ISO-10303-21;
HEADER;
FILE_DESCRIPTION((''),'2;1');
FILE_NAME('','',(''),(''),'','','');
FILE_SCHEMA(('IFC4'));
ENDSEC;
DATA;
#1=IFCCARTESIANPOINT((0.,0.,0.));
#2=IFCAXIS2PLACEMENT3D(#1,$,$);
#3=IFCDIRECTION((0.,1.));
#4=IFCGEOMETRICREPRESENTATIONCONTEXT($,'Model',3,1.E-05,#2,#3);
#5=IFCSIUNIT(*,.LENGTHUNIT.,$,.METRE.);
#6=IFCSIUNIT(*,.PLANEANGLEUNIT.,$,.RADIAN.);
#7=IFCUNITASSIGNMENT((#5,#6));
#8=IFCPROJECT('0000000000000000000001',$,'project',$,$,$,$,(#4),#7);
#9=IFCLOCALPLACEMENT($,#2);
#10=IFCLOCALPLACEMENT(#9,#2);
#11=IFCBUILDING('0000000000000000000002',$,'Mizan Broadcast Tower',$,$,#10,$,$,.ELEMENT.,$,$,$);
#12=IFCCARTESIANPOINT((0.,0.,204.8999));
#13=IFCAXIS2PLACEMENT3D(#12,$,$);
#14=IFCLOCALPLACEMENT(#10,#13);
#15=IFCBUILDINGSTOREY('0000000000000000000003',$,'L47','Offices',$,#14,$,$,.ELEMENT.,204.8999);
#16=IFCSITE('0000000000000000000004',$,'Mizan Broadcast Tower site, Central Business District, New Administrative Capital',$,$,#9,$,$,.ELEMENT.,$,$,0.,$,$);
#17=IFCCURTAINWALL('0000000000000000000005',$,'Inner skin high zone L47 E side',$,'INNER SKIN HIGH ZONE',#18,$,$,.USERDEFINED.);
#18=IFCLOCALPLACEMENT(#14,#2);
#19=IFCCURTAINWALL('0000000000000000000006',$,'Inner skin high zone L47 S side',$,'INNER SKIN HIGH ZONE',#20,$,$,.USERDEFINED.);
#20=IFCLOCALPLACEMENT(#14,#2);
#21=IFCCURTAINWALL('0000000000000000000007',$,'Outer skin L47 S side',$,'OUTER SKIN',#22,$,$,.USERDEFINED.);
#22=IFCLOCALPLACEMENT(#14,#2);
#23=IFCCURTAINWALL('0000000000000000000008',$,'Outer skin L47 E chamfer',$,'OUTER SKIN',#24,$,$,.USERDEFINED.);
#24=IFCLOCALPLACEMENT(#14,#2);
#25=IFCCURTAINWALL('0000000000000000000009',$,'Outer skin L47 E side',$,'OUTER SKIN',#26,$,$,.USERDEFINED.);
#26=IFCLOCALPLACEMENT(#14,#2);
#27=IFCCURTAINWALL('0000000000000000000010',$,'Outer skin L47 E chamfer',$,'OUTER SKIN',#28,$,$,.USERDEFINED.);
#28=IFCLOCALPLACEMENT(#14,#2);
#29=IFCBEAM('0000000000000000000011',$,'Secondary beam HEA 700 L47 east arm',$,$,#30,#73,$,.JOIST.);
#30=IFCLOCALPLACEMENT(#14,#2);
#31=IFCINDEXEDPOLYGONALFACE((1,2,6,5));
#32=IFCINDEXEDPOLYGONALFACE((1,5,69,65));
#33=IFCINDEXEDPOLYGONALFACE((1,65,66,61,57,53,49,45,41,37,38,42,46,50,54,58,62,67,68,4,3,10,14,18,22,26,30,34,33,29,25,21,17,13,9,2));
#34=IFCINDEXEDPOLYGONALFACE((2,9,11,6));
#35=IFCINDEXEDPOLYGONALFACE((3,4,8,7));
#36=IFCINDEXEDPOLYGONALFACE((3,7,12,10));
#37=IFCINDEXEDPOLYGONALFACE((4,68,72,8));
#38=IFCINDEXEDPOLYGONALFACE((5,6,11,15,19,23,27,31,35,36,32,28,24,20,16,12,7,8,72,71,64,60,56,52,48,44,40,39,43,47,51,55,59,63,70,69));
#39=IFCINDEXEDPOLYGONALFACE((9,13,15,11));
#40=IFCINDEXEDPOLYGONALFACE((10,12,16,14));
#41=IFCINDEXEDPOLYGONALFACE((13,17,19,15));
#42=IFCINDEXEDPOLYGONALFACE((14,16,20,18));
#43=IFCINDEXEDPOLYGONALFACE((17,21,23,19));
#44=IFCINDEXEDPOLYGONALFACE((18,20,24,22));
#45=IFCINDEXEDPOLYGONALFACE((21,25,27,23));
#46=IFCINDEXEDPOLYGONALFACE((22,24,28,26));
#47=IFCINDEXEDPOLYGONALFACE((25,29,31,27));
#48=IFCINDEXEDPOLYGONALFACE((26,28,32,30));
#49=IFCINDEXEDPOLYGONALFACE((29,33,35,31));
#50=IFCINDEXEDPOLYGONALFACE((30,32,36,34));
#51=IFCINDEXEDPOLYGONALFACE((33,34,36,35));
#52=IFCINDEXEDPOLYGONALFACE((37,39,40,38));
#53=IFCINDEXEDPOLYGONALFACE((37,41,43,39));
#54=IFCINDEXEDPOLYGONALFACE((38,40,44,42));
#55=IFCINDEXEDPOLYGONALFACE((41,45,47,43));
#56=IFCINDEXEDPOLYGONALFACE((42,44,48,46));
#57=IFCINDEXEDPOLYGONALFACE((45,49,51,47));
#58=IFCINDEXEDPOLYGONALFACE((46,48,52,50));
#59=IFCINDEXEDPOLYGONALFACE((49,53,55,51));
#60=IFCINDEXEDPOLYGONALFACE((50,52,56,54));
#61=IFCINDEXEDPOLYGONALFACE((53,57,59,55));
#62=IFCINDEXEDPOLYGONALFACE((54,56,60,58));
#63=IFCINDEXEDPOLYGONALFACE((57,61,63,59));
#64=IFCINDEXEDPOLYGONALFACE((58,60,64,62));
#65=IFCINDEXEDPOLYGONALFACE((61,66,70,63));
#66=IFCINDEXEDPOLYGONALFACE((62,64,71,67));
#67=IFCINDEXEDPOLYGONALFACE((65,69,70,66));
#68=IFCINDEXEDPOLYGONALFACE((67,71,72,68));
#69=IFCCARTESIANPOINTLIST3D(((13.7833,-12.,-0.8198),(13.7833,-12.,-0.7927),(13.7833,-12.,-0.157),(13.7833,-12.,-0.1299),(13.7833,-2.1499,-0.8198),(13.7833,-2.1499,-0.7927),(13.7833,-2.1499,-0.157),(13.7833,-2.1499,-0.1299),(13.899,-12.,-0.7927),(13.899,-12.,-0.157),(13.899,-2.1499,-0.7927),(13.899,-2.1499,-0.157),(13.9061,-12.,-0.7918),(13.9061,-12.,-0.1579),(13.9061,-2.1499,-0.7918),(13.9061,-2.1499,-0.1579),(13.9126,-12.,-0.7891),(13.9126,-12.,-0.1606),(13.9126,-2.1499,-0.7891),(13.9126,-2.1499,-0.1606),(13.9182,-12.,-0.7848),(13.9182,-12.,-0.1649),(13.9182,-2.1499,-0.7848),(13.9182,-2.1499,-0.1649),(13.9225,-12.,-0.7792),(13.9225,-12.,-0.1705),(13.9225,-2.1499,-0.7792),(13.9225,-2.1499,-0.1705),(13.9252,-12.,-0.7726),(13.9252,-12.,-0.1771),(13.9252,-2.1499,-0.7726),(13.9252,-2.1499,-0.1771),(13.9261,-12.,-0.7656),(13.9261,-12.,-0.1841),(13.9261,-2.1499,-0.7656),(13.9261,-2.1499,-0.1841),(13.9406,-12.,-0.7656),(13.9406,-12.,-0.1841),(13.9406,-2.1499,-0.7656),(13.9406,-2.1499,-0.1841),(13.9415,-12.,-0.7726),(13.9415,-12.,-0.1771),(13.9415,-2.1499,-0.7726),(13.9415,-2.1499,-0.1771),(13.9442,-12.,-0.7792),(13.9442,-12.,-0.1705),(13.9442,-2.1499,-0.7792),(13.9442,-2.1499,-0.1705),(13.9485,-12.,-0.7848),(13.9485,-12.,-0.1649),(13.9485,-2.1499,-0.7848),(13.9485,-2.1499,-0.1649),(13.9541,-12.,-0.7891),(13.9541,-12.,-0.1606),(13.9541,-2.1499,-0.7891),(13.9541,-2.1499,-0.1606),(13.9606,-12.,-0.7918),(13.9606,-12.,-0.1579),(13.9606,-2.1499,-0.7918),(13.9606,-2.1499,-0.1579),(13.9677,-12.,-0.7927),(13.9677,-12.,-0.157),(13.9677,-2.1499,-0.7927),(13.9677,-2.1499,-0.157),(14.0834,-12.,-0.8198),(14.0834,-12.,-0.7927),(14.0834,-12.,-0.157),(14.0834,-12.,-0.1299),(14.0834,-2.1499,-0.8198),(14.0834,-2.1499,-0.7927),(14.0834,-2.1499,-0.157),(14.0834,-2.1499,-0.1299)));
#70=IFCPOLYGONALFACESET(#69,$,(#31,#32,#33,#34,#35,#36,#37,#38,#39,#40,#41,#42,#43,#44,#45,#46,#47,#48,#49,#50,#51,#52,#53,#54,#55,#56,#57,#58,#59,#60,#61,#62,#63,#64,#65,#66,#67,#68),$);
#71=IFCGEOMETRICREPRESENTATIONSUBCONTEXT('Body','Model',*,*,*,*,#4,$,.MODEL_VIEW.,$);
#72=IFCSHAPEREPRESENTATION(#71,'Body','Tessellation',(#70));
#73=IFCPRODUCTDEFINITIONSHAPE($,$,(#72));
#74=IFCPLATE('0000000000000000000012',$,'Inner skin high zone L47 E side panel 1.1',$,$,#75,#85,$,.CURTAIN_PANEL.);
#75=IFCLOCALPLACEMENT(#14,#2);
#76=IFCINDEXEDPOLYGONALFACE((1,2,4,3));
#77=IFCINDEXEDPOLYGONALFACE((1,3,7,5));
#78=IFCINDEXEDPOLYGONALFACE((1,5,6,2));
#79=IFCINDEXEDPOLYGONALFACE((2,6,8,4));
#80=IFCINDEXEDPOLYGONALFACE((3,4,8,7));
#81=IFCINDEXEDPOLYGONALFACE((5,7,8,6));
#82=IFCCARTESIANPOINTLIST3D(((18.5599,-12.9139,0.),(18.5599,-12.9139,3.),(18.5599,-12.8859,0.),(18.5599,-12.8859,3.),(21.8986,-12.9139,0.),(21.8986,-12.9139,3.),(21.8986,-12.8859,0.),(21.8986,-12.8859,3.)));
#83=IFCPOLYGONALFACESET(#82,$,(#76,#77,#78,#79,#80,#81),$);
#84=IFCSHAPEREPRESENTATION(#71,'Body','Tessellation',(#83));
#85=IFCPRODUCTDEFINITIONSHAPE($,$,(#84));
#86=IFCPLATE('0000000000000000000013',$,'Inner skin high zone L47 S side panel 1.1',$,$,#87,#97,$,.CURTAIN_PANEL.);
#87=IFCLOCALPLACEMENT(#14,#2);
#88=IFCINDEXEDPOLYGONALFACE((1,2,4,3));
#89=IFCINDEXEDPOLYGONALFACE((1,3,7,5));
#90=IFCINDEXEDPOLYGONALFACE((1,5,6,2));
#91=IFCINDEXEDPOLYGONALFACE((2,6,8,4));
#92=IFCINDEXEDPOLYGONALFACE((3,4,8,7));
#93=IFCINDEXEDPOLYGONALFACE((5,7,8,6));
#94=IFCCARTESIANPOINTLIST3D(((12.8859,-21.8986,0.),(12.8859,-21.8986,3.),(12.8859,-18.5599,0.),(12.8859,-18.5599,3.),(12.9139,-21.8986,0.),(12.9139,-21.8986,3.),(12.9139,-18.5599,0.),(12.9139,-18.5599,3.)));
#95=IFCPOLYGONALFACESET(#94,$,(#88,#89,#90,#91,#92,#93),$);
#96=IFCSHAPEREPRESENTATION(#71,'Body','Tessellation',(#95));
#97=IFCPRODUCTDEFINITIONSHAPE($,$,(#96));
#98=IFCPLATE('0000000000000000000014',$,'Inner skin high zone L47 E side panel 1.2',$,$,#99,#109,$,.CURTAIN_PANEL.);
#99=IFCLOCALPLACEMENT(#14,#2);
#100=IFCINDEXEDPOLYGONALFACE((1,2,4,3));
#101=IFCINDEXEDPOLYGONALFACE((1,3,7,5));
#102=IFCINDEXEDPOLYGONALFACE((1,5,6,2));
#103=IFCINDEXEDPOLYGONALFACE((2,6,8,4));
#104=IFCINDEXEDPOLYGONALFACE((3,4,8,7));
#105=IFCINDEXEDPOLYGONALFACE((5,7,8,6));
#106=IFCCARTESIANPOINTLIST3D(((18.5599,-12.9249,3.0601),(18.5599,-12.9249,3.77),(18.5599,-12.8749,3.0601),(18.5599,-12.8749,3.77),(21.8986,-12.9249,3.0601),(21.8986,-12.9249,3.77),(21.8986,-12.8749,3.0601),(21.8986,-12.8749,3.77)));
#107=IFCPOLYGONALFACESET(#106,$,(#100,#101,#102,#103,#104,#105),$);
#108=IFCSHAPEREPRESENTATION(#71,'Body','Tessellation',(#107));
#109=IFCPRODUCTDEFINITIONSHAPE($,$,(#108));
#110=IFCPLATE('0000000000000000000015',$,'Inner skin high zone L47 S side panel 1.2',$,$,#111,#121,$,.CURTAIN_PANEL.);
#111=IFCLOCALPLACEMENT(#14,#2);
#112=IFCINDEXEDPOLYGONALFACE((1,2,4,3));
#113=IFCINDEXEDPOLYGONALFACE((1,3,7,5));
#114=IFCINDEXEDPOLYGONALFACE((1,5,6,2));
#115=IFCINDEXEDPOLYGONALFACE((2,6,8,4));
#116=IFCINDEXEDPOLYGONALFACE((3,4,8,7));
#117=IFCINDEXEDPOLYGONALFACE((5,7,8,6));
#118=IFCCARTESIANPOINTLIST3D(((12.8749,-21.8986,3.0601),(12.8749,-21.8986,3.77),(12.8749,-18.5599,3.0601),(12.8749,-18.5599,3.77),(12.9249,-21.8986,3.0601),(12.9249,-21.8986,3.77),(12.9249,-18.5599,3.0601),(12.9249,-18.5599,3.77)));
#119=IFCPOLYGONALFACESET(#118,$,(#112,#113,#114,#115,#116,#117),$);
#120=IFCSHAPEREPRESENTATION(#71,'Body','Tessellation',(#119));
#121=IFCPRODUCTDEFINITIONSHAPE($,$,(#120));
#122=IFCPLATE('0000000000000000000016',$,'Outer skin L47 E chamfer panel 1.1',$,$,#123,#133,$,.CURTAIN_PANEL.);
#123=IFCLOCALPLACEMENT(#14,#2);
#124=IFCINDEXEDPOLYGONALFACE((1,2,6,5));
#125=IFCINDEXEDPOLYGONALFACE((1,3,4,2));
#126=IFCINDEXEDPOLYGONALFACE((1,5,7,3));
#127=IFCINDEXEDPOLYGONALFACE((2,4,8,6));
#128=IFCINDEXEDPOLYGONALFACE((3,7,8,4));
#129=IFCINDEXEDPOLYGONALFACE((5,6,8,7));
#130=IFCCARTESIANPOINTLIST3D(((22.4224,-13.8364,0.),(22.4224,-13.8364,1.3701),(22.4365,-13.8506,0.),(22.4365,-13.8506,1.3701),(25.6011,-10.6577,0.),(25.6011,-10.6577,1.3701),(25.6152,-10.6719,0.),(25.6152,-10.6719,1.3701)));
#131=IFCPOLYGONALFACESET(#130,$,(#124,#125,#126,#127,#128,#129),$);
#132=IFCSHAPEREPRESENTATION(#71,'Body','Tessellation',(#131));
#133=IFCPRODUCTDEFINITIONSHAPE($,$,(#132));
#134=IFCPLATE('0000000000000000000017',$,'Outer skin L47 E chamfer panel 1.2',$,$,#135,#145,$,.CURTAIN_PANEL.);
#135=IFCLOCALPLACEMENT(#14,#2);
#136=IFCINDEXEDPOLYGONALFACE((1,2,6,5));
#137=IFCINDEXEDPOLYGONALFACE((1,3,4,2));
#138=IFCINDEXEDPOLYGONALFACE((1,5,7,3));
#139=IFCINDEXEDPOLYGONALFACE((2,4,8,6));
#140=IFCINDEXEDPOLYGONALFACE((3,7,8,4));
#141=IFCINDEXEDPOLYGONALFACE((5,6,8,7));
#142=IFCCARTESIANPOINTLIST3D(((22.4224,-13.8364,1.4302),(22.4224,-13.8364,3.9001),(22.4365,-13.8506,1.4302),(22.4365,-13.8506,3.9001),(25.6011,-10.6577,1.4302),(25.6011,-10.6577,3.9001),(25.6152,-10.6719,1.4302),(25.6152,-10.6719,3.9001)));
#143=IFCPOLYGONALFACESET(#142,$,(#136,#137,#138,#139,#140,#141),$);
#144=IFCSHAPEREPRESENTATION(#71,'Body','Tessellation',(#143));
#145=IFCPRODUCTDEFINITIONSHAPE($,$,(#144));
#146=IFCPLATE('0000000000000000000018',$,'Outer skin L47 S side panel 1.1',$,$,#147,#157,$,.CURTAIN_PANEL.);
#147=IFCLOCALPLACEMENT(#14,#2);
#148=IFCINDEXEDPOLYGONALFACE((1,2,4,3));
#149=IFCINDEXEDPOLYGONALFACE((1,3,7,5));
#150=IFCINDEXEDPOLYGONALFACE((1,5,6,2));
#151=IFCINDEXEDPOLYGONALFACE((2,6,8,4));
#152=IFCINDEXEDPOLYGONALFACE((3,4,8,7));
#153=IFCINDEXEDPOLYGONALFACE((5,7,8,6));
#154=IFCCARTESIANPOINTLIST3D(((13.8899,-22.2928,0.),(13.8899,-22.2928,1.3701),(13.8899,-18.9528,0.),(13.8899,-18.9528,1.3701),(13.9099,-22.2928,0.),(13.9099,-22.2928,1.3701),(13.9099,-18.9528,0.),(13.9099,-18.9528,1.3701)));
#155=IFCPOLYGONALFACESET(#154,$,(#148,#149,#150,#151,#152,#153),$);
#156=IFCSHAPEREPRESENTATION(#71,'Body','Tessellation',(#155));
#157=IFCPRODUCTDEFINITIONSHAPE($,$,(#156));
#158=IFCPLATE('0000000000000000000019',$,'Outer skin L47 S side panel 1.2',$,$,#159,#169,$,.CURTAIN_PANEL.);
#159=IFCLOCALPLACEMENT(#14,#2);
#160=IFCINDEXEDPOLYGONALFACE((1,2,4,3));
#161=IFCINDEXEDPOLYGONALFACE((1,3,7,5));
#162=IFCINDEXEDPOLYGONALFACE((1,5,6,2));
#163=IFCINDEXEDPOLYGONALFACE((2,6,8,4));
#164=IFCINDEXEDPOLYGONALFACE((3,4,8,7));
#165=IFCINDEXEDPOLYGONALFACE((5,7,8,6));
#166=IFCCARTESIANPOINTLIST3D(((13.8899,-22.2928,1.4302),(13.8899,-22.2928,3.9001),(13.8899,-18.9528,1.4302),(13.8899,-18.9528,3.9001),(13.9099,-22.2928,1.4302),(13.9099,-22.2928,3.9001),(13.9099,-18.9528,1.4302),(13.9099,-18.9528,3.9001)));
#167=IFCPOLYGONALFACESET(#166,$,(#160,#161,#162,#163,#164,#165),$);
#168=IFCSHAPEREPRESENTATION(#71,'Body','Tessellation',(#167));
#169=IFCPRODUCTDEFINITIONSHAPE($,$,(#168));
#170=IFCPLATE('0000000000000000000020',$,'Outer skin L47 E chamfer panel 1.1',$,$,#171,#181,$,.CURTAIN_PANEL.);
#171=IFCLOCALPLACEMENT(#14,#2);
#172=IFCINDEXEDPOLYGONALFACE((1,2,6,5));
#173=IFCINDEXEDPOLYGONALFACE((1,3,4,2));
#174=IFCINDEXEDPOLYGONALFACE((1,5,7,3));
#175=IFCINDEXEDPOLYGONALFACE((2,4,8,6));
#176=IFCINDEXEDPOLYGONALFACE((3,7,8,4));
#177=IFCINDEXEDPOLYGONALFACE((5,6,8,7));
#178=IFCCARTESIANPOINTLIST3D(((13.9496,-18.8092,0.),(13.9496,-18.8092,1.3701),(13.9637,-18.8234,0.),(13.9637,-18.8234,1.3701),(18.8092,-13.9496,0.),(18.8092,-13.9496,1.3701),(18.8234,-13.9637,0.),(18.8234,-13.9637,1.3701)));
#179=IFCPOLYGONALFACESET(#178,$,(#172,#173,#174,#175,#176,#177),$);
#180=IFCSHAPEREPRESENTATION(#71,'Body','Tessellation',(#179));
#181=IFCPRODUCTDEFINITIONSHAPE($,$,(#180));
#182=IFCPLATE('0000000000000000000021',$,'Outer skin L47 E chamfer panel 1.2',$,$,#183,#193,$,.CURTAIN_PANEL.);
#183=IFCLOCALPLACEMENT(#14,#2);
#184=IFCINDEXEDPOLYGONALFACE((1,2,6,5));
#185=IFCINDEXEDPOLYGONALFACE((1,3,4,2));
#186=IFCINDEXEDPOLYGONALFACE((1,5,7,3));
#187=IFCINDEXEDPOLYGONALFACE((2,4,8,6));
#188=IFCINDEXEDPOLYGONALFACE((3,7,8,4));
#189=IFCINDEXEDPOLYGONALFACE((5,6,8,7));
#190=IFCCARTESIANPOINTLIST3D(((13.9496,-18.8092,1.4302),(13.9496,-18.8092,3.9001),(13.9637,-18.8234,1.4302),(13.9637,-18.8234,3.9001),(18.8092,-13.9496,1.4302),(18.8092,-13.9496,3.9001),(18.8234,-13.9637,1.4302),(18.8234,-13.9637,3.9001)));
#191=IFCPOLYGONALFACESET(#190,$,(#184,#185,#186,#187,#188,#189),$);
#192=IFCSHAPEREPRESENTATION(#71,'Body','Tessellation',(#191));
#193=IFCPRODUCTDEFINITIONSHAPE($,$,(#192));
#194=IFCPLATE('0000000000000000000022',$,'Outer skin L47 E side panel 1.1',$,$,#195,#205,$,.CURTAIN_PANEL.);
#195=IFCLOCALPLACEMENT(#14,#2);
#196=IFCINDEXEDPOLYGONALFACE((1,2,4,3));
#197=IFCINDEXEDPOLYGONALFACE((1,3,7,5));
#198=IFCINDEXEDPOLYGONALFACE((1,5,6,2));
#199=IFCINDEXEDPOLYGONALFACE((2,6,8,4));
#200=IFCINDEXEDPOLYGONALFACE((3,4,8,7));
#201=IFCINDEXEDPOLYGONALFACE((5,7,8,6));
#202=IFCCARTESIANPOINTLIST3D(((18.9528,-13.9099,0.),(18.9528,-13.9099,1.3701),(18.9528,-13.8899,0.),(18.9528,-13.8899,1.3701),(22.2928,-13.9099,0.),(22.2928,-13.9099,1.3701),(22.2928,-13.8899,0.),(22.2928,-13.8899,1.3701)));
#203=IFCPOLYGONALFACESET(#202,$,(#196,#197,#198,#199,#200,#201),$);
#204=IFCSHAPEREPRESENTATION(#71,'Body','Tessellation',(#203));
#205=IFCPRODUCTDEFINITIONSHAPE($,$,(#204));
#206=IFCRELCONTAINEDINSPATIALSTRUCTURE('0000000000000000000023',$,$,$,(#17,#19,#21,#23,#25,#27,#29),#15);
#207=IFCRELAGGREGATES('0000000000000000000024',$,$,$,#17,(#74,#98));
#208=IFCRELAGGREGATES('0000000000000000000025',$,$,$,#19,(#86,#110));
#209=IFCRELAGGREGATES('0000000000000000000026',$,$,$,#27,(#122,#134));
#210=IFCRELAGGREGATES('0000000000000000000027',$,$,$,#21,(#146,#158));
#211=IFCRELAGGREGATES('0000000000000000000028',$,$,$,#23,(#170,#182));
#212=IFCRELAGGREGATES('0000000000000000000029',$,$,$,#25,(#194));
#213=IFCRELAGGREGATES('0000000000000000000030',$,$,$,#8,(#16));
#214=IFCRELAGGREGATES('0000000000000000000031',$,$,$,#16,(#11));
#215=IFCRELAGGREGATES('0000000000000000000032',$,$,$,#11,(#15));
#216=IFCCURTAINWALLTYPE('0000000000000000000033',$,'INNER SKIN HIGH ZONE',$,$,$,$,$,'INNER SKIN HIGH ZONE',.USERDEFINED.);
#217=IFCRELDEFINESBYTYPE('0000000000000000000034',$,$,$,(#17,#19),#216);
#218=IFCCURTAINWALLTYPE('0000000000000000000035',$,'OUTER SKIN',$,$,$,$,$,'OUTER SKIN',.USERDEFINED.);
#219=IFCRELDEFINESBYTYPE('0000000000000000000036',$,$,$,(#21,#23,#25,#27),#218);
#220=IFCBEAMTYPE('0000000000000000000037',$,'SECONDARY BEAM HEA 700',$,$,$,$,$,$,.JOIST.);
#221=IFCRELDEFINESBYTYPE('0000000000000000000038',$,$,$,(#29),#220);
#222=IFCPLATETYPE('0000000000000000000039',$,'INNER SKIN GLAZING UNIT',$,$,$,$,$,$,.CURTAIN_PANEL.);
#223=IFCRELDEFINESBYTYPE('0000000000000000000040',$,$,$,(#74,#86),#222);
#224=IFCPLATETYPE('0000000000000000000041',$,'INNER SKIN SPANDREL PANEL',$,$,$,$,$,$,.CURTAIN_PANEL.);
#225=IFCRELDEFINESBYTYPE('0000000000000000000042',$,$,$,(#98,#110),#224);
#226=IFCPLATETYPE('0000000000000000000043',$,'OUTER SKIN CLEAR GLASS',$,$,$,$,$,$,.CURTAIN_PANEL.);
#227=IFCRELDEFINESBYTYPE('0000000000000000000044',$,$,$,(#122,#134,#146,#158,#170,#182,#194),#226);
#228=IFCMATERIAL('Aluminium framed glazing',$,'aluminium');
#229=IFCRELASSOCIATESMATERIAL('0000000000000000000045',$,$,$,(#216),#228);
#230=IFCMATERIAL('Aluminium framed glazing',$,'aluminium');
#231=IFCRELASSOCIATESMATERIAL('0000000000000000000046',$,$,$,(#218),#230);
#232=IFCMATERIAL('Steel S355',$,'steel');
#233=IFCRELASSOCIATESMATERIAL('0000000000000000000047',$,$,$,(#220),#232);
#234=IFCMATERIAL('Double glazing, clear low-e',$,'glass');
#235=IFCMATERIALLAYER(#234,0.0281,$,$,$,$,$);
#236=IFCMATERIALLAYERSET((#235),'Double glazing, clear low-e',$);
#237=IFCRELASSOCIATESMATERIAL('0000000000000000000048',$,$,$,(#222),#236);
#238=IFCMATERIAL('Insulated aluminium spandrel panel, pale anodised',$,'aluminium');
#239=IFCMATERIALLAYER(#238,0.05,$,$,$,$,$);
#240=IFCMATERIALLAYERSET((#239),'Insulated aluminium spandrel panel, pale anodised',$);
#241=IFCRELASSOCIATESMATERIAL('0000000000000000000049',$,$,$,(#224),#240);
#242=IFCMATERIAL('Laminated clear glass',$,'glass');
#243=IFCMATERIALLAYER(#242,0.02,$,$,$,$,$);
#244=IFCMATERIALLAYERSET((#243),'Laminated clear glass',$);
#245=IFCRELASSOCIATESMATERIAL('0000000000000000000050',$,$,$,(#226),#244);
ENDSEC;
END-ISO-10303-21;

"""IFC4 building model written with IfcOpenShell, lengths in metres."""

from ifc_helpers import new_model, si_unit, direction, frame, origin, origin_2d, place, context, subcontext, project, spatial, rectangle, i_section, extrude, material, layer, layer_set, material_profile, profile_set, type_object, element, aggregate, save


model = new_model("IFC4")

# Units and contexts
model_context = context("Model", 3, precision=1e-05, world=origin(), true_north=direction((0.0, 1.0)))
body_context = subcontext(model_context, "Body", "Model", "MODEL_VIEW")
ifc_project = project(units=[si_unit("LENGTHUNIT", "METRE"), si_unit("PLANEANGLEUNIT", "RADIAN")], contexts=[model_context])

# Site, building, storey
site_placement = place(None, origin())
site = spatial("IfcSite", under=ifc_project, at=site_placement, Name="Mizan Broadcast Tower site, Central Business District, New Administrative Capital", CompositionType="ELEMENT", RefElevation=0.0)
building_placement = place(site_placement, origin())
building = spatial("IfcBuilding", under=site, at=building_placement, Name="Mizan Broadcast Tower", CompositionType="ELEMENT")
storey_placement = place(building_placement, frame((0.0, 0.0, 204.8999)))
storey = spatial("IfcBuildingStorey", under=building, at=storey_placement, Name="L47", Description="Offices", CompositionType="ELEMENT", Elevation=204.8999)

# Curtain walls
ifc_material_1 = material(Name="Aluminium framed glazing", Category="aluminium")
curtain_wall_type_1 = type_object("IfcCurtainWallType", Name="INNER SKIN HIGH ZONE", ElementType="INNER SKIN HIGH ZONE", PredefinedType="USERDEFINED", material=ifc_material_1)
curtain_wall_1_placement = place(storey_placement, origin())
curtain_wall_1 = element("IfcCurtainWall", 1, at=curtain_wall_1_placement, inside=storey, type_object=curtain_wall_type_1, Name="Inner skin high zone L47 E side", ObjectType="INNER SKIN HIGH ZONE", PredefinedType="USERDEFINED")
curtain_wall_2_placement = place(storey_placement, origin())
curtain_wall_2 = element("IfcCurtainWall", 2, at=curtain_wall_2_placement, inside=storey, type_object=curtain_wall_type_1, Name="Inner skin high zone L47 S side", ObjectType="INNER SKIN HIGH ZONE", PredefinedType="USERDEFINED")

# Curtain walls
ifc_material_2 = material(Name="Aluminium framed glazing", Category="aluminium")
curtain_wall_type_2 = type_object("IfcCurtainWallType", Name="OUTER SKIN", ElementType="OUTER SKIN", PredefinedType="USERDEFINED", material=ifc_material_2)
curtain_wall_3_placement = place(storey_placement, origin())
curtain_wall_3 = element("IfcCurtainWall", 3, at=curtain_wall_3_placement, inside=storey, type_object=curtain_wall_type_2, Name="Outer skin L47 S side", ObjectType="OUTER SKIN", PredefinedType="USERDEFINED")
curtain_wall_4_placement = place(storey_placement, origin())
curtain_wall_4 = element("IfcCurtainWall", 4, at=curtain_wall_4_placement, inside=storey, type_object=curtain_wall_type_2, Name="Outer skin L47 E chamfer", ObjectType="OUTER SKIN", PredefinedType="USERDEFINED")
curtain_wall_5_placement = place(storey_placement, origin())
curtain_wall_5 = element("IfcCurtainWall", 5, at=curtain_wall_5_placement, inside=storey, type_object=curtain_wall_type_2, Name="Outer skin L47 E side", ObjectType="OUTER SKIN", PredefinedType="USERDEFINED")
curtain_wall_6_placement = place(storey_placement, origin())
curtain_wall_6 = element("IfcCurtainWall", 6, at=curtain_wall_6_placement, inside=storey, type_object=curtain_wall_type_2, Name="Outer skin L47 E chamfer", ObjectType="OUTER SKIN", PredefinedType="USERDEFINED")

# Beam
ifc_material_3 = material(Name="Steel S355", Category="steel")
ifc_material_profile_1 = material_profile(ifc_material_3, i_section(OverallWidth=0.3, OverallDepth=0.6899, WebThickness=0.0144, FlangeThickness=0.0271, FilletRadius=0.0271, at=origin_2d()), Name="HEA 700")
ifc_profile_set_1 = profile_set([ifc_material_profile_1], Name="Steel S355")
beam_type = type_object("IfcBeamType", Name="SECONDARY BEAM HEA 700", PredefinedType="JOIST", material=ifc_profile_set_1)
beam_placement = place(storey_placement, frame((13.9333, -12.0, -0.4749), z_axis=(0.0, 1.0, 0.0), x_axis=(-1.0, 0.0, 0.0)))
element("IfcBeam", 7, at=beam_placement, inside=storey, type_object=beam_type, Name="Secondary beam HEA 700 L47 east arm", PredefinedType="JOIST", context=body_context, shape_type="SweptSolid", body=[
    extrude(i_section(OverallWidth=0.3, OverallDepth=0.6899, WebThickness=0.0144, FlangeThickness=0.0271, FilletRadius=0.0271, at=origin_2d()), origin(), (0.0, 0.0, 1.0), 9.8501),
])

# Plates
ifc_material_4 = material(Name="Double glazing, clear low-e", Category="glass")
ifc_layer_1 = layer(ifc_material_4, 0.0281)
ifc_layer_set_1 = layer_set([ifc_layer_1], Name="Double glazing, clear low-e")
plate_type_1 = type_object("IfcPlateType", Name="INNER SKIN GLAZING UNIT", PredefinedType="CURTAIN_PANEL", material=ifc_layer_set_1)
plate_1_placement = place(storey_placement, frame((20.2292, -12.8999, 0.0), z_axis=(0.0, 0.0, 1.0), x_axis=(1.0, 0.0, 0.0)))
plate_1 = element("IfcPlate", 8, at=plate_1_placement, type_object=plate_type_1, Name="Inner skin high zone L47 E side panel 1.1", PredefinedType="CURTAIN_PANEL", context=body_context, shape_type="SweptSolid", body=[
    extrude(rectangle(XDim=3.3386, YDim=0.0281, at=origin_2d()), origin(), (0.0, 0.0, 1.0), 3.0),
])
plate_2_placement = place(storey_placement, frame((12.8999, -20.2292, 0.0), z_axis=(0.0, 0.0, 1.0), x_axis=(0.0, 1.0, 0.0)))
plate_2 = element("IfcPlate", 9, at=plate_2_placement, type_object=plate_type_1, Name="Inner skin high zone L47 S side panel 1.1", PredefinedType="CURTAIN_PANEL", context=body_context, shape_type="SweptSolid", body=[
    extrude(rectangle(XDim=3.3386, YDim=0.0281, at=origin_2d()), origin(), (0.0, 0.0, 1.0), 3.0),
])
ifc_material_5 = material(Name="Insulated aluminium spandrel panel, pale anodised", Category="aluminium")
ifc_layer_2 = layer(ifc_material_5, 0.05)
ifc_layer_set_2 = layer_set([ifc_layer_2], Name="Insulated aluminium spandrel panel, pale anodised")
plate_type_2 = type_object("IfcPlateType", Name="INNER SKIN SPANDREL PANEL", PredefinedType="CURTAIN_PANEL", material=ifc_layer_set_2)
plate_3_placement = place(storey_placement, frame((20.2292, -12.8999, 3.0601), z_axis=(0.0, 0.0, 1.0), x_axis=(1.0, 0.0, 0.0)))
plate_3 = element("IfcPlate", 10, at=plate_3_placement, type_object=plate_type_2, Name="Inner skin high zone L47 E side panel 1.2", PredefinedType="CURTAIN_PANEL", context=body_context, shape_type="SweptSolid", body=[
    extrude(rectangle(XDim=3.3386, YDim=0.05, at=origin_2d()), origin(), (0.0, 0.0, 1.0), 0.71),
])
aggregate(curtain_wall_1, [plate_1, plate_3])
plate_4_placement = place(storey_placement, frame((12.8999, -20.2292, 3.0601), z_axis=(0.0, 0.0, 1.0), x_axis=(0.0, 1.0, 0.0)))
plate_4 = element("IfcPlate", 11, at=plate_4_placement, type_object=plate_type_2, Name="Inner skin high zone L47 S side panel 1.2", PredefinedType="CURTAIN_PANEL", context=body_context, shape_type="SweptSolid", body=[
    extrude(rectangle(XDim=3.3386, YDim=0.05, at=origin_2d()), origin(), (0.0, 0.0, 1.0), 0.71),
])
aggregate(curtain_wall_2, [plate_2, plate_4])
ifc_material_6 = material(Name="Laminated clear glass", Category="glass")
ifc_layer_3 = layer(ifc_material_6, 0.02)
ifc_layer_set_3 = layer_set([ifc_layer_3], Name="Laminated clear glass")
plate_type_3 = type_object("IfcPlateType", Name="OUTER SKIN CLEAR GLASS", PredefinedType="CURTAIN_PANEL", material=ifc_layer_set_3)
plate_5_placement = place(storey_placement, frame((24.0188, -12.2542, 0.0), z_axis=(0.0, 0.0, 1.0), x_axis=(0.707107, 0.707107, 0.0)))
plate_5 = element("IfcPlate", 12, at=plate_5_placement, type_object=plate_type_3, Name="Outer skin L47 E chamfer panel 1.1", PredefinedType="CURTAIN_PANEL", context=body_context, shape_type="SweptSolid", body=[
    extrude(rectangle(XDim=4.4954, YDim=0.02, at=origin_2d()), origin(), (0.0, 0.0, 1.0), 1.3701),
])
plate_6_placement = place(storey_placement, frame((24.0188, -12.2542, 1.4302), z_axis=(0.0, 0.0, 1.0), x_axis=(0.707107, 0.707107, 0.0)))
plate_6 = element("IfcPlate", 13, at=plate_6_placement, type_object=plate_type_3, Name="Outer skin L47 E chamfer panel 1.2", PredefinedType="CURTAIN_PANEL", context=body_context, shape_type="SweptSolid", body=[
    extrude(rectangle(XDim=4.4954, YDim=0.02, at=origin_2d()), origin(), (0.0, 0.0, 1.0), 2.47),
])
aggregate(curtain_wall_6, [plate_5, plate_6])
plate_7_placement = place(storey_placement, frame((13.8999, -20.6228, 0.0), z_axis=(0.0, 0.0, 1.0), x_axis=(0.0, 1.0, 0.0)))
plate_7 = element("IfcPlate", 14, at=plate_7_placement, type_object=plate_type_3, Name="Outer skin L47 S side panel 1.1", PredefinedType="CURTAIN_PANEL", context=body_context, shape_type="SweptSolid", body=[
    extrude(rectangle(XDim=3.3401, YDim=0.02, at=origin_2d()), origin(), (0.0, 0.0, 1.0), 1.3701),
])
plate_8_placement = place(storey_placement, frame((13.8999, -20.6228, 1.4302), z_axis=(0.0, 0.0, 1.0), x_axis=(0.0, 1.0, 0.0)))
plate_8 = element("IfcPlate", 15, at=plate_8_placement, type_object=plate_type_3, Name="Outer skin L47 S side panel 1.2", PredefinedType="CURTAIN_PANEL", context=body_context, shape_type="SweptSolid", body=[
    extrude(rectangle(XDim=3.3401, YDim=0.02, at=origin_2d()), origin(), (0.0, 0.0, 1.0), 2.47),
])
aggregate(curtain_wall_3, [plate_7, plate_8])
plate_9_placement = place(storey_placement, frame((16.3865, -16.3865, 0.0), z_axis=(0.0, 0.0, 1.0), x_axis=(0.707107, 0.707107, 0.0)))
plate_9 = element("IfcPlate", 16, at=plate_9_placement, type_object=plate_type_3, Name="Outer skin L47 E chamfer panel 1.1", PredefinedType="CURTAIN_PANEL", context=body_context, shape_type="SweptSolid", body=[
    extrude(rectangle(XDim=6.8726, YDim=0.02, at=origin_2d()), origin(), (0.0, 0.0, 1.0), 1.3701),
])
plate_10_placement = place(storey_placement, frame((16.3865, -16.3865, 1.4302), z_axis=(0.0, 0.0, 1.0), x_axis=(0.707107, 0.707107, 0.0)))
plate_10 = element("IfcPlate", 17, at=plate_10_placement, type_object=plate_type_3, Name="Outer skin L47 E chamfer panel 1.2", PredefinedType="CURTAIN_PANEL", context=body_context, shape_type="SweptSolid", body=[
    extrude(rectangle(XDim=6.8726, YDim=0.02, at=origin_2d()), origin(), (0.0, 0.0, 1.0), 2.47),
])
aggregate(curtain_wall_4, [plate_9, plate_10])
plate_11_placement = place(storey_placement, frame((20.6228, -13.8999, 0.0), z_axis=(0.0, 0.0, 1.0), x_axis=(1.0, 0.0, 0.0)))
plate_11 = element("IfcPlate", 18, at=plate_11_placement, type_object=plate_type_3, Name="Outer skin L47 E side panel 1.1", PredefinedType="CURTAIN_PANEL", context=body_context, shape_type="SweptSolid", body=[
    extrude(rectangle(XDim=3.3401, YDim=0.02, at=origin_2d()), origin(), (0.0, 0.0, 1.0), 1.3701),
])
aggregate(curtain_wall_5, [plate_11])

save(model, "model.ifc")
